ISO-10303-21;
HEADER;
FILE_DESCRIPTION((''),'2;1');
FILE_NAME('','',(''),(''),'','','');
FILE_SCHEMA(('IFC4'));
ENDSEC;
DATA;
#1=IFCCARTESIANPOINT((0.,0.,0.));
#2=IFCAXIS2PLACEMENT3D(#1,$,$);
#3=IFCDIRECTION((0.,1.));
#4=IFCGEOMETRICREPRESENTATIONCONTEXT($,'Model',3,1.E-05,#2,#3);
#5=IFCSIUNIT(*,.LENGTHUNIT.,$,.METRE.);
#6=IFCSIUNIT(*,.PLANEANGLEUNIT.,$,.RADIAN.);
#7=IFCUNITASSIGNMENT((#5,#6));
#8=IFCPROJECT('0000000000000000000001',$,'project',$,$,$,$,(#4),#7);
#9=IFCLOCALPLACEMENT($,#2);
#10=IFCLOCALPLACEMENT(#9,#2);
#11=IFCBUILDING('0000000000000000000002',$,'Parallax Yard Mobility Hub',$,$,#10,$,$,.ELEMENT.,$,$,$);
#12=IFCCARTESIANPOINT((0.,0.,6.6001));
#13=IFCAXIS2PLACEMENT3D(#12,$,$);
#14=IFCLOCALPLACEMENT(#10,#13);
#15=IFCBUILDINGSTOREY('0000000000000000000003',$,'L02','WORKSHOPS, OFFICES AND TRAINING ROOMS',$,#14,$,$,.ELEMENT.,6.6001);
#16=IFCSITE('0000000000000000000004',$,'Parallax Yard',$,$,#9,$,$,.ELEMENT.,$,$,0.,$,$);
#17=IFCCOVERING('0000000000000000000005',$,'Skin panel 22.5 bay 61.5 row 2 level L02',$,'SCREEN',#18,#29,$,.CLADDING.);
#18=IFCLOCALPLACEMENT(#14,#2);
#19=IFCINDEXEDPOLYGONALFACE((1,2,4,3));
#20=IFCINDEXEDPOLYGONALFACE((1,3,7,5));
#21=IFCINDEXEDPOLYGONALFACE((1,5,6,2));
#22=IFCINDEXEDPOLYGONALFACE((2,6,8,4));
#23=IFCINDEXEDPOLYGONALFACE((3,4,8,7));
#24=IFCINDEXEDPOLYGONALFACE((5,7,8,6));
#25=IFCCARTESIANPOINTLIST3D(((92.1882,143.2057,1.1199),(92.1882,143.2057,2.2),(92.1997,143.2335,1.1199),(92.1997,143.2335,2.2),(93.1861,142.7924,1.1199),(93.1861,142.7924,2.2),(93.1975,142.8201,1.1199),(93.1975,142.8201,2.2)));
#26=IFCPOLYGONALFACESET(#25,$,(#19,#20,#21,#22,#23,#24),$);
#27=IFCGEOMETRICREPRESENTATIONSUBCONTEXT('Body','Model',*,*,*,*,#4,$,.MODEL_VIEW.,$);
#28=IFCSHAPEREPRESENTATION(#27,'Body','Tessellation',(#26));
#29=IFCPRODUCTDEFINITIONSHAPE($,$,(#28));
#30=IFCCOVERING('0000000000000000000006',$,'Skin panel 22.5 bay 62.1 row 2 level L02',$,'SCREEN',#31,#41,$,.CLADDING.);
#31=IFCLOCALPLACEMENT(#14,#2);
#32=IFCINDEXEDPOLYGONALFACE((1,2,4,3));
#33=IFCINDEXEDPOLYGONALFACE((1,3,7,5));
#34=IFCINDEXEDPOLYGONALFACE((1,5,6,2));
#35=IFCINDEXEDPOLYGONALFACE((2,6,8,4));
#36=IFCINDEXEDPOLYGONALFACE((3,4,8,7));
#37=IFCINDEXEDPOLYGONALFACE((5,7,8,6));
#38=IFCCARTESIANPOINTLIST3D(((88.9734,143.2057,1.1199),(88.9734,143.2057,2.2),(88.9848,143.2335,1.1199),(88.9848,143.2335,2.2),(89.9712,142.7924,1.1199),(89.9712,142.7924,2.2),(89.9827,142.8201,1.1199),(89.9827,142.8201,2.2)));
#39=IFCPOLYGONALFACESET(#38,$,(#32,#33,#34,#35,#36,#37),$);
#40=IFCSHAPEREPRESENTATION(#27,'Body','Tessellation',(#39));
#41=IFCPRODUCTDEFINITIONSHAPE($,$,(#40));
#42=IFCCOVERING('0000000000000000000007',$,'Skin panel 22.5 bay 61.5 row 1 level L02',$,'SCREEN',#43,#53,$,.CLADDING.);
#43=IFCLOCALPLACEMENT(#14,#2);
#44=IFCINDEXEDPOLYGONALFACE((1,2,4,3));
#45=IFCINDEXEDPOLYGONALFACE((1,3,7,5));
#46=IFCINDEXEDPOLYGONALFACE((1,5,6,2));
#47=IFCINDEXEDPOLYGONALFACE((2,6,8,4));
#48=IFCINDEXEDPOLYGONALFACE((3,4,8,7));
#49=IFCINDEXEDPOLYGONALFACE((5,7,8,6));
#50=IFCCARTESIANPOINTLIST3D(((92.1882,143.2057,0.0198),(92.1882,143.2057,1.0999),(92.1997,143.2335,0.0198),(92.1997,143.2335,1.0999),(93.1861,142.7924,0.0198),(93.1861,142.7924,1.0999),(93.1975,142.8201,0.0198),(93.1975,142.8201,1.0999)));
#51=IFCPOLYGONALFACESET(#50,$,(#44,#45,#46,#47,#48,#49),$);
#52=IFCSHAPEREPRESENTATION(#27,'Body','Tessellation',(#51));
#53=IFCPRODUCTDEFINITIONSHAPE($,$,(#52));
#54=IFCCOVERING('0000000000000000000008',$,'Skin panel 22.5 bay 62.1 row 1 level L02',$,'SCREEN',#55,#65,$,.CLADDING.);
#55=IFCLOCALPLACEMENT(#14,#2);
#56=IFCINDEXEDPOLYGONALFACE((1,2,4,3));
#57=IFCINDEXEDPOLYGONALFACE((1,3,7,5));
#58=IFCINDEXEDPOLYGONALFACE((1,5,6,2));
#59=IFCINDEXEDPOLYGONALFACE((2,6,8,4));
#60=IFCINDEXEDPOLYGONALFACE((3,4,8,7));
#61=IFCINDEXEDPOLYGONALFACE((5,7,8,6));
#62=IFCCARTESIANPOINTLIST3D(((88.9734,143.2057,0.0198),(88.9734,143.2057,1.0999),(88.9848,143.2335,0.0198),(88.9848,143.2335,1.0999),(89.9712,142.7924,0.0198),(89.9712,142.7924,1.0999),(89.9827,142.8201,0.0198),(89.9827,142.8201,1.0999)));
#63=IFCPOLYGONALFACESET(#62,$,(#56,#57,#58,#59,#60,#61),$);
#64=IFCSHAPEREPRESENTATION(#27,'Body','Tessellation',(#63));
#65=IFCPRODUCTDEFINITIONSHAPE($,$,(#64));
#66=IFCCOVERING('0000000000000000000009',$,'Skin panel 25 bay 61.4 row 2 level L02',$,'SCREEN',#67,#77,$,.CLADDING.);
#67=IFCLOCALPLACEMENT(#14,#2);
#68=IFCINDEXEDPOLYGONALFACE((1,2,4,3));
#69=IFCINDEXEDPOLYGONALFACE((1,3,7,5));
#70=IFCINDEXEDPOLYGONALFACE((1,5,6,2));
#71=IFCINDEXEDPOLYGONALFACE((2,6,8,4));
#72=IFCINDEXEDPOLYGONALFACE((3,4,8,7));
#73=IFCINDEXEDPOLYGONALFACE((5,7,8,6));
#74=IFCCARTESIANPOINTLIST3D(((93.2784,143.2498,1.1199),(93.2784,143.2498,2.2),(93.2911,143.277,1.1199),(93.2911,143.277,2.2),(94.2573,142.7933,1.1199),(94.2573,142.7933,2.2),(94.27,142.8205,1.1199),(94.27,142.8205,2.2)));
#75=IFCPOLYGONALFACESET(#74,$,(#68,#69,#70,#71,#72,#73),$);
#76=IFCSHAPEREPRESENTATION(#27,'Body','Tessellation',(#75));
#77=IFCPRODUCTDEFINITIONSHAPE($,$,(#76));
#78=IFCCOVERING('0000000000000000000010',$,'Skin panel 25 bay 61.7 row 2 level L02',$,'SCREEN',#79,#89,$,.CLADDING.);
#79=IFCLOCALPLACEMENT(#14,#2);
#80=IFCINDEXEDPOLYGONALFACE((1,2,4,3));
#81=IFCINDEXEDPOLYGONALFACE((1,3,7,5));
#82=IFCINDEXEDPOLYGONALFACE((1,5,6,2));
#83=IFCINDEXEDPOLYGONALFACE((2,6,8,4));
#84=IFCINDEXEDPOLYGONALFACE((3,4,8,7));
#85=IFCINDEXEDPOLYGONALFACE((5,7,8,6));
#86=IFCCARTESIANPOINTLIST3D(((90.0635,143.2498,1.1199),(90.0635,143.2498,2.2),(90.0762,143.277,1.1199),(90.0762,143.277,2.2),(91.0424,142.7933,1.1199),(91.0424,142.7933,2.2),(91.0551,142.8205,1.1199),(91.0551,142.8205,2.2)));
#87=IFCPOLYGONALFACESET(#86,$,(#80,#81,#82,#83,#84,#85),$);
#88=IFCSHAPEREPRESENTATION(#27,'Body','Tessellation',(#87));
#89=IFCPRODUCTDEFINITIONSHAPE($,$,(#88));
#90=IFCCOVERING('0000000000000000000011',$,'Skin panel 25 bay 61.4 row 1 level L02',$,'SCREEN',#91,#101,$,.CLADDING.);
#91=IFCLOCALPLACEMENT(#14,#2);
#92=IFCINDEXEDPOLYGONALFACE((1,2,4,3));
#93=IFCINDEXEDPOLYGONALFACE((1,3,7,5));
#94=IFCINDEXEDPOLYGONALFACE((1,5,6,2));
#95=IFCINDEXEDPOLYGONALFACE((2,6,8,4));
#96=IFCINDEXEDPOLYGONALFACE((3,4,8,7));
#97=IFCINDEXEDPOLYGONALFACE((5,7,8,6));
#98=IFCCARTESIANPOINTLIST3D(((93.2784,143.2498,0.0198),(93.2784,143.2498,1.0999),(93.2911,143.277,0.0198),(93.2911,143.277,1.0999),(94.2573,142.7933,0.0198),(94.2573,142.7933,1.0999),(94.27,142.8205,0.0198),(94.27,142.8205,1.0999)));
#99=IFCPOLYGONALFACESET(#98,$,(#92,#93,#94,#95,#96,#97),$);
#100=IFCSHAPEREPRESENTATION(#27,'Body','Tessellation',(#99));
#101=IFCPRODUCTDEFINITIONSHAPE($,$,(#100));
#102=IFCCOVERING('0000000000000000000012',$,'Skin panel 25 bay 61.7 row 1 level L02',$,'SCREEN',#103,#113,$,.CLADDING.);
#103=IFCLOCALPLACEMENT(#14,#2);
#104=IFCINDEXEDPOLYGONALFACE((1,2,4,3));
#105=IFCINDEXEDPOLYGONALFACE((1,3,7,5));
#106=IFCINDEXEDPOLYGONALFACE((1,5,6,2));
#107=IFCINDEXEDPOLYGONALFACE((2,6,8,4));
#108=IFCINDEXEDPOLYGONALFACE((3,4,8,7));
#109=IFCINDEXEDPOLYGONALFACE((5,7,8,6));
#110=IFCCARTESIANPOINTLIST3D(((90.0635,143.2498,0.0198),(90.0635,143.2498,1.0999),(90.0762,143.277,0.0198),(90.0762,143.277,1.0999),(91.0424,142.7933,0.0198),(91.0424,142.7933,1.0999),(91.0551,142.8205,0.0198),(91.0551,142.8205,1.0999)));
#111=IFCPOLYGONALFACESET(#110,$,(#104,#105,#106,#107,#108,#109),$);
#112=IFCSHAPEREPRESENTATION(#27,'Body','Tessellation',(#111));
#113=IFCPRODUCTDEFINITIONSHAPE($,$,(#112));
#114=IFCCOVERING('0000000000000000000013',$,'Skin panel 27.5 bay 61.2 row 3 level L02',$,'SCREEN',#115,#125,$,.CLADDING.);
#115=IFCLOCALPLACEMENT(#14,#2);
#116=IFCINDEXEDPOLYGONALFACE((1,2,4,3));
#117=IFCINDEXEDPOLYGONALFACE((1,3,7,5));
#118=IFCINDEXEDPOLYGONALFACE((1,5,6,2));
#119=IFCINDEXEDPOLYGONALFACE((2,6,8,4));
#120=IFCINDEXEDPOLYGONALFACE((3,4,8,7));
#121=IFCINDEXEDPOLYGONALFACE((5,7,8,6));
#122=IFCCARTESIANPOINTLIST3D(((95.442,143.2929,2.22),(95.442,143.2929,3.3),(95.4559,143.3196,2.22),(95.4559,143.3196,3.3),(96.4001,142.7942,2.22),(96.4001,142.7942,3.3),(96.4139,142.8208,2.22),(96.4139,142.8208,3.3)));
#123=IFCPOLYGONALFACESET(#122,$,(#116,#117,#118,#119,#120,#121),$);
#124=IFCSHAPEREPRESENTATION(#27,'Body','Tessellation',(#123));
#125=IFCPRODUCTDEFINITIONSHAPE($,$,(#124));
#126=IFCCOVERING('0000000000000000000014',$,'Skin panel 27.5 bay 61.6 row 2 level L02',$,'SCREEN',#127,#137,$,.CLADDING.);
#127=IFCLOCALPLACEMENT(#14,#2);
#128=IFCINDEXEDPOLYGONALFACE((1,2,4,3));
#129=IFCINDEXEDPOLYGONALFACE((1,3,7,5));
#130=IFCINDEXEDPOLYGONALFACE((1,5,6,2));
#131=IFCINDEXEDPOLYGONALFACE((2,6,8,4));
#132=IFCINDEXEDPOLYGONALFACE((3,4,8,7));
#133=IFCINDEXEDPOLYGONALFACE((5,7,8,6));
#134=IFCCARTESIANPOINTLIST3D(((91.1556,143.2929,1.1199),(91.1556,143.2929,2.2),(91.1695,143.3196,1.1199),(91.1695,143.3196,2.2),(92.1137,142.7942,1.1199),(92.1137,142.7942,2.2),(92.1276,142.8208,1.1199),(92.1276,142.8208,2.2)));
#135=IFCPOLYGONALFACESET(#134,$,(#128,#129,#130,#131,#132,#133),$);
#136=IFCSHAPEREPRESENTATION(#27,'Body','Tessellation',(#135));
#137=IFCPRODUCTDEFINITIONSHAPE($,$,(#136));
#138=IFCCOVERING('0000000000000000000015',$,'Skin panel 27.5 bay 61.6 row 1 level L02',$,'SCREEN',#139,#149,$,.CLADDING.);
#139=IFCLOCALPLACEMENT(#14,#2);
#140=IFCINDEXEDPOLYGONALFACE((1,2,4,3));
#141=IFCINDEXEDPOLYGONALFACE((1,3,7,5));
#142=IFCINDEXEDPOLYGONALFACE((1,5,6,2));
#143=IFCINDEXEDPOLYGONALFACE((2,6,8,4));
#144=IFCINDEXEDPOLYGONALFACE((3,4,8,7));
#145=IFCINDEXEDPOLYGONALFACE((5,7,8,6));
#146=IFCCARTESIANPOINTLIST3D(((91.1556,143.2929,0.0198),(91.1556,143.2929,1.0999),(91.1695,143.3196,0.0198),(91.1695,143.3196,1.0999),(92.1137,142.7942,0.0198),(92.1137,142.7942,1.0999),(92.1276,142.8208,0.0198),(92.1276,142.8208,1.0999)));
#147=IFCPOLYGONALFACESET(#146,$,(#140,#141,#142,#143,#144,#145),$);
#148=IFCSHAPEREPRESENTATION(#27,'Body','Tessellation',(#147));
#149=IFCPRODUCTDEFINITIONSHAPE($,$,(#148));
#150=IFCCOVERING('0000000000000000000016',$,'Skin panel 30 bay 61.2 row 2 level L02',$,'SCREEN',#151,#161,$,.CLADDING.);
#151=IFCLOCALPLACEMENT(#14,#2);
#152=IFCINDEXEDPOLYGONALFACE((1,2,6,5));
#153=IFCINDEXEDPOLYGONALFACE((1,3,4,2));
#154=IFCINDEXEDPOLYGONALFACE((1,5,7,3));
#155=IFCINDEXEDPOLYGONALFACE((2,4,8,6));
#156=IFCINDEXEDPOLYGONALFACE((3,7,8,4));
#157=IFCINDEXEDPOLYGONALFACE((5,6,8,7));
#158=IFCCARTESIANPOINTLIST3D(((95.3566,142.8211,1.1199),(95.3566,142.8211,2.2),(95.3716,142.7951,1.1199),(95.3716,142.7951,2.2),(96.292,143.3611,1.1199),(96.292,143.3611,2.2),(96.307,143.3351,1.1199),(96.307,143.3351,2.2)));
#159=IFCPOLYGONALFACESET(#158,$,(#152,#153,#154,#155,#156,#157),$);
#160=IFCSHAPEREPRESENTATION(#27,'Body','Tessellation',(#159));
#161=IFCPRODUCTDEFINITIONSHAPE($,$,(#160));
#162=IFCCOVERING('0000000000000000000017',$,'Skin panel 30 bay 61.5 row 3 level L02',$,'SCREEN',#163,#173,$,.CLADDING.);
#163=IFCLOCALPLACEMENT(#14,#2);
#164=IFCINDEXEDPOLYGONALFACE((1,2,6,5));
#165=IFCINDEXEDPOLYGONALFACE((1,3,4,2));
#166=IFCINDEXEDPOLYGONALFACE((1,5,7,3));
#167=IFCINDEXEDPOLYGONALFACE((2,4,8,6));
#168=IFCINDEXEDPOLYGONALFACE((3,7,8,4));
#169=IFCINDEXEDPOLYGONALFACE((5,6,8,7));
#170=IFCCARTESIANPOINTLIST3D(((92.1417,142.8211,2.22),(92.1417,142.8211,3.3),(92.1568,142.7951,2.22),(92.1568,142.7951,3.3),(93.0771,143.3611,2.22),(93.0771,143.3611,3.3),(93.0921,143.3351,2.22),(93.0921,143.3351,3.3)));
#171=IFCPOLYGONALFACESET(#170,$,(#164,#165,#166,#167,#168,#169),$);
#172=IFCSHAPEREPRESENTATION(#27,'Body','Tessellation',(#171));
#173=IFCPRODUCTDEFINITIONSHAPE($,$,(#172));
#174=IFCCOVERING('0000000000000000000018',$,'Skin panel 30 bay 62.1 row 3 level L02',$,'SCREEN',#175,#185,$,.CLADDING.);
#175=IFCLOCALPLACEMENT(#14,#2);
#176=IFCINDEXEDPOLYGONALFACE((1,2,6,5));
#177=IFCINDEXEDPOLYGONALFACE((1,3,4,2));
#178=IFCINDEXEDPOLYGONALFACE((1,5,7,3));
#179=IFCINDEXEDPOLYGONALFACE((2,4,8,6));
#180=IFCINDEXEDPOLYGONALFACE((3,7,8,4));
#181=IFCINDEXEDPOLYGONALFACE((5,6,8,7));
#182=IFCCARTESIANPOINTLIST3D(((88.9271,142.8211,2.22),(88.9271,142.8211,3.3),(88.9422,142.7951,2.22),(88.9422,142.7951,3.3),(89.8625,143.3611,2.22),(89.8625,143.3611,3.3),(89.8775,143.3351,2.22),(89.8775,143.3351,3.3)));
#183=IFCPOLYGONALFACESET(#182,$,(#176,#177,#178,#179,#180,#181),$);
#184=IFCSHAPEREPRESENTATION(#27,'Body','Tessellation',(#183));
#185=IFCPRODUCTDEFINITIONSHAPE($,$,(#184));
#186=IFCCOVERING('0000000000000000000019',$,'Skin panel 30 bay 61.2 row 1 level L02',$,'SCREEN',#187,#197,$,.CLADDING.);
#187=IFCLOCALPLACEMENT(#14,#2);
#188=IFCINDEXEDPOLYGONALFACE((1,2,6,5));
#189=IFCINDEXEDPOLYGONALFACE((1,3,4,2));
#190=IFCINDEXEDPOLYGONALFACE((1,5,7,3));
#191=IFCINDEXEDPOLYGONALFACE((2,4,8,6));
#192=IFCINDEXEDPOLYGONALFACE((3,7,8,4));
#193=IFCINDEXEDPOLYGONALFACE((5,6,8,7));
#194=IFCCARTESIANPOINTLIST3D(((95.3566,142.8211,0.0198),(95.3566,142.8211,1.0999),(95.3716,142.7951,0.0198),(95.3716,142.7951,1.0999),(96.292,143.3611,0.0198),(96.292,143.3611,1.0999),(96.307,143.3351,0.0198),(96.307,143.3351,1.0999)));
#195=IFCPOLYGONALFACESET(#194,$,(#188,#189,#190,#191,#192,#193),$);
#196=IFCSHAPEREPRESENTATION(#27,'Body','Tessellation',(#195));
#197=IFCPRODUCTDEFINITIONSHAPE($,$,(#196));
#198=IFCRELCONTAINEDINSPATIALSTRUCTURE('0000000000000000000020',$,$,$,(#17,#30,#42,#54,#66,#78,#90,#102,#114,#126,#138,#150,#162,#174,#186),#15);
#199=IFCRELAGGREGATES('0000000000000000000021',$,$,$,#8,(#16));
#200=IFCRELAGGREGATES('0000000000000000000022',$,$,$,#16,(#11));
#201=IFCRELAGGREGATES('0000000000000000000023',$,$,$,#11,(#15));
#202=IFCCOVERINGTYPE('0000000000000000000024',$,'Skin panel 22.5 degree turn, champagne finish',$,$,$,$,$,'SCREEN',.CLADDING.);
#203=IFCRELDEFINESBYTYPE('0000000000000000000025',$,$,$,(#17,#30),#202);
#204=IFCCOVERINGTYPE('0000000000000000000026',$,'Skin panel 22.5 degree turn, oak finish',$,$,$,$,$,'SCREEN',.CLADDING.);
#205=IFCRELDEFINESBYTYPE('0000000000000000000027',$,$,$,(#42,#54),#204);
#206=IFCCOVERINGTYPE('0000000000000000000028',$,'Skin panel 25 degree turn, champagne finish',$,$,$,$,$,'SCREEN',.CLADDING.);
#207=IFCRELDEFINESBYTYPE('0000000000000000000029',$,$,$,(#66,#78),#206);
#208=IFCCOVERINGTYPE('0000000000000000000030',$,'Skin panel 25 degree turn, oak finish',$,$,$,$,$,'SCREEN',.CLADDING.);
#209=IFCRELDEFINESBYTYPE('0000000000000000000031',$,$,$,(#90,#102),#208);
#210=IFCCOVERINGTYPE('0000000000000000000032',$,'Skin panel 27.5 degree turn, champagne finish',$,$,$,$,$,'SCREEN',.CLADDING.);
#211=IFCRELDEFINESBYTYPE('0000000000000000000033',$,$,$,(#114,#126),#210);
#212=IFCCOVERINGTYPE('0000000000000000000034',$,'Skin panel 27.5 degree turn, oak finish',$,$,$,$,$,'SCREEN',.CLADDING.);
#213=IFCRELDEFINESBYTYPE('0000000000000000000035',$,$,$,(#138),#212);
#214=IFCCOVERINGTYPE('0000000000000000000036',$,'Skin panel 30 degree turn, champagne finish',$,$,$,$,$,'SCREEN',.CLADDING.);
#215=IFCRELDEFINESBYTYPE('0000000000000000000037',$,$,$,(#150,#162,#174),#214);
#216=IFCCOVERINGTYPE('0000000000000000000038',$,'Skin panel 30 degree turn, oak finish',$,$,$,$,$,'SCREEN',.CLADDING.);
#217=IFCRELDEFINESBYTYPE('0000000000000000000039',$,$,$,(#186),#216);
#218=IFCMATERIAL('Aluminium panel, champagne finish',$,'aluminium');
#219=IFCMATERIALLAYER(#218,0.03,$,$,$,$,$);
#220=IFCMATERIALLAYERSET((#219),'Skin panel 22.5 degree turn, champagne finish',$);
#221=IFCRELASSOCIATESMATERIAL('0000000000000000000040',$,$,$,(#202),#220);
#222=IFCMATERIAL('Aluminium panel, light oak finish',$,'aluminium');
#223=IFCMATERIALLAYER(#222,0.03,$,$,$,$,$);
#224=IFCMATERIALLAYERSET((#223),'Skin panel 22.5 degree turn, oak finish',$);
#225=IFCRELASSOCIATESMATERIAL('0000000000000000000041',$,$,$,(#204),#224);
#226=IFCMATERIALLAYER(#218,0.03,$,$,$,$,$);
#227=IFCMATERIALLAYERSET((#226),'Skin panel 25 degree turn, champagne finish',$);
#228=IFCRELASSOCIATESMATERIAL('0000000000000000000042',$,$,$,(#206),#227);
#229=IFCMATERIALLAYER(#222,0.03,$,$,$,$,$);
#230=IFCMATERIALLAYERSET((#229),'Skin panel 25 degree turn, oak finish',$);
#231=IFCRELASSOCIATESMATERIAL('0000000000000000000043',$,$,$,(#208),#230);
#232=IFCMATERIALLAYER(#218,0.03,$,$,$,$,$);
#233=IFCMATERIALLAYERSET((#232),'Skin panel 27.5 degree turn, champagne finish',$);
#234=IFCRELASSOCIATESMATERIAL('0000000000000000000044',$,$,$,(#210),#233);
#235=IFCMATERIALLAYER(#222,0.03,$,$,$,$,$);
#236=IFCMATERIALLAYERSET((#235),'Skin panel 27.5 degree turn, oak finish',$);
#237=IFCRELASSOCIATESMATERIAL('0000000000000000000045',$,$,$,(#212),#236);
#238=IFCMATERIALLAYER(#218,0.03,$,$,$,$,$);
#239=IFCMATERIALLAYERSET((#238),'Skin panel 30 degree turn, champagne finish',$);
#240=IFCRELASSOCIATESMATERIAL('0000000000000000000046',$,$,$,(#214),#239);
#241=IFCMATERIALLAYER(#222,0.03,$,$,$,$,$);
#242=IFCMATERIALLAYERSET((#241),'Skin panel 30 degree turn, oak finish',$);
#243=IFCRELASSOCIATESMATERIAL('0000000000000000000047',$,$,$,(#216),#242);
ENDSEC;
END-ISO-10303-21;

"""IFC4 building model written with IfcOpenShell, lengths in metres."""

from ifc_helpers import new_model, si_unit, direction, frame, origin, origin_2d, place, context, subcontext, project, spatial, rectangle, extrude, material, layer, layer_set, type_object, element, save


model = new_model("IFC4")

# Units and contexts
model_context = context("Model", 3, precision=1e-05, world=origin(), true_north=direction((0.0, 1.0)))
body_context = subcontext(model_context, "Body", "Model", "MODEL_VIEW")
ifc_project = project(units=[si_unit("LENGTHUNIT", "METRE"), si_unit("PLANEANGLEUNIT", "RADIAN")], contexts=[model_context])

# Site, building, storey
site_placement = place(None, origin())
site = spatial("IfcSite", under=ifc_project, at=site_placement, Name="Parallax Yard", CompositionType="ELEMENT", RefElevation=0.0)
building_placement = place(site_placement, origin())
building = spatial("IfcBuilding", under=site, at=building_placement, Name="Parallax Yard Mobility Hub", CompositionType="ELEMENT")
storey_placement = place(building_placement, frame((0.0, 0.0, 6.6001)))
storey = spatial("IfcBuildingStorey", under=building, at=storey_placement, Name="L02", Description="WORKSHOPS, OFFICES AND TRAINING ROOMS", CompositionType="ELEMENT", Elevation=6.6001)

# Coverings
ifc_material_1 = material(Name="Aluminium panel, champagne finish", Category="aluminium")
ifc_layer_1 = layer(ifc_material_1, 0.03)
ifc_layer_set_1 = layer_set([ifc_layer_1], Name="Skin panel 22.5 degree turn, champagne finish")
covering_type_1 = type_object("IfcCoveringType", Name="Skin panel 22.5 degree turn, champagne finish", ElementType="SCREEN", PredefinedType="CLADDING", material=ifc_layer_set_1)
for number, where, z_axis, x_axis, name in (
    (1, (92.6929, 143.0129, 1.1199), (0.0, 0.0, 1.0), (-0.92388, 0.382683, 0.0), "Skin panel 22.5 bay 61.5 row 2 level L02"),
    (2, (89.478, 143.0129, 1.1199), (0.0, 0.0, 1.0), (-0.92388, 0.382683, 0.0), "Skin panel 22.5 bay 62.1 row 2 level L02"),
):
    element("IfcCovering", number, at=place(storey_placement, frame(where, z_axis=z_axis, x_axis=x_axis)), inside=storey, type_object=covering_type_1, Name=name, ObjectType="SCREEN", PredefinedType="CLADDING", context=body_context, shape_type="SweptSolid", body=[
        extrude(rectangle(XDim=1.0801, YDim=0.03, at=origin_2d()), origin(), (0.0, 0.0, 1.0), 1.0801),
    ])
ifc_material_2 = material(Name="Aluminium panel, light oak finish", Category="aluminium")
ifc_layer_2 = layer(ifc_material_2, 0.03)
ifc_layer_set_2 = layer_set([ifc_layer_2], Name="Skin panel 22.5 degree turn, oak finish")
covering_type_2 = type_object("IfcCoveringType", Name="Skin panel 22.5 degree turn, oak finish", ElementType="SCREEN", PredefinedType="CLADDING", material=ifc_layer_set_2)
for number, where, z_axis, x_axis, name in (
    (3, (92.6929, 143.0129, 0.0198), (0.0, 0.0, 1.0), (-0.92388, 0.382683, 0.0), "Skin panel 22.5 bay 61.5 row 1 level L02"),
    (4, (89.478, 143.0129, 0.0198), (0.0, 0.0, 1.0), (-0.92388, 0.382683, 0.0), "Skin panel 22.5 bay 62.1 row 1 level L02"),
):
    element("IfcCovering", number, at=place(storey_placement, frame(where, z_axis=z_axis, x_axis=x_axis)), inside=storey, type_object=covering_type_2, Name=name, ObjectType="SCREEN", PredefinedType="CLADDING", context=body_context, shape_type="SweptSolid", body=[
        extrude(rectangle(XDim=1.0801, YDim=0.03, at=origin_2d()), origin(), (0.0, 0.0, 1.0), 1.0801),
    ])
ifc_layer_3 = layer(ifc_material_1, 0.03)
ifc_layer_set_3 = layer_set([ifc_layer_3], Name="Skin panel 25 degree turn, champagne finish")
covering_type_3 = type_object("IfcCoveringType", Name="Skin panel 25 degree turn, champagne finish", ElementType="SCREEN", PredefinedType="CLADDING", material=ifc_layer_set_3)
for number, where, z_axis, x_axis, name in (
    (5, (93.7742, 143.0352, 1.1199), (0.0, 0.0, 1.0), (-0.906308, 0.422618, 0.0), "Skin panel 25 bay 61.4 row 2 level L02"),
    (6, (90.5593, 143.0352, 1.1199), (0.0, 0.0, 1.0), (-0.906308, 0.422618, 0.0), "Skin panel 25 bay 61.7 row 2 level L02"),
):
    element("IfcCovering", number, at=place(storey_placement, frame(where, z_axis=z_axis, x_axis=x_axis)), inside=storey, type_object=covering_type_3, Name=name, ObjectType="SCREEN", PredefinedType="CLADDING", context=body_context, shape_type="SweptSolid", body=[
        extrude(rectangle(XDim=1.0801, YDim=0.03, at=origin_2d()), origin(), (0.0, 0.0, 1.0), 1.0801),
    ])
ifc_layer_4 = layer(ifc_material_2, 0.03)
ifc_layer_set_4 = layer_set([ifc_layer_4], Name="Skin panel 25 degree turn, oak finish")
covering_type_4 = type_object("IfcCoveringType", Name="Skin panel 25 degree turn, oak finish", ElementType="SCREEN", PredefinedType="CLADDING", material=ifc_layer_set_4)
for number, where, z_axis, x_axis, name in (
    (7, (93.7742, 143.0352, 0.0198), (0.0, 0.0, 1.0), (-0.906308, 0.422618, 0.0), "Skin panel 25 bay 61.4 row 1 level L02"),
    (8, (90.5593, 143.0352, 0.0198), (0.0, 0.0, 1.0), (-0.906308, 0.422618, 0.0), "Skin panel 25 bay 61.7 row 1 level L02"),
):
    element("IfcCovering", number, at=place(storey_placement, frame(where, z_axis=z_axis, x_axis=x_axis)), inside=storey, type_object=covering_type_4, Name=name, ObjectType="SCREEN", PredefinedType="CLADDING", context=body_context, shape_type="SweptSolid", body=[
        extrude(rectangle(XDim=1.0801, YDim=0.03, at=origin_2d()), origin(), (0.0, 0.0, 1.0), 1.0801),
    ])
ifc_layer_5 = layer(ifc_material_1, 0.03)
ifc_layer_set_5 = layer_set([ifc_layer_5], Name="Skin panel 27.5 degree turn, champagne finish")
covering_type_5 = type_object("IfcCoveringType", Name="Skin panel 27.5 degree turn, champagne finish", ElementType="SCREEN", PredefinedType="CLADDING", material=ifc_layer_set_5)
for number, where, z_axis, x_axis, name in (
    (9, (95.928, 143.0569, 2.22), (0.0, 0.0, 1.0), (-0.887011, 0.461749, 0.0), "Skin panel 27.5 bay 61.2 row 3 level L02"),
    (10, (91.6416, 143.0569, 1.1199), (0.0, 0.0, 1.0), (-0.887011, 0.461749, 0.0), "Skin panel 27.5 bay 61.6 row 2 level L02"),
):
    element("IfcCovering", number, at=place(storey_placement, frame(where, z_axis=z_axis, x_axis=x_axis)), inside=storey, type_object=covering_type_5, Name=name, ObjectType="SCREEN", PredefinedType="CLADDING", context=body_context, shape_type="SweptSolid", body=[
        extrude(rectangle(XDim=1.0801, YDim=0.03, at=origin_2d()), origin(), (0.0, 0.0, 1.0), 1.0801),
    ])
ifc_layer_6 = layer(ifc_material_2, 0.03)
ifc_layer_set_6 = layer_set([ifc_layer_6], Name="Skin panel 27.5 degree turn, oak finish")
covering_type_6 = type_object("IfcCoveringType", Name="Skin panel 27.5 degree turn, oak finish", ElementType="SCREEN", PredefinedType="CLADDING", material=ifc_layer_set_6)
covering_1_placement = place(storey_placement, frame((91.6416, 143.0569, 0.0198), z_axis=(0.0, 0.0, 1.0), x_axis=(-0.887011, 0.461749, 0.0)))
element("IfcCovering", 11, at=covering_1_placement, inside=storey, type_object=covering_type_6, Name="Skin panel 27.5 bay 61.6 row 1 level L02", ObjectType="SCREEN", PredefinedType="CLADDING", context=body_context, shape_type="SweptSolid", body=[
    extrude(rectangle(XDim=1.0801, YDim=0.03, at=origin_2d()), origin(), (0.0, 0.0, 1.0), 1.0801),
])
ifc_layer_7 = layer(ifc_material_1, 0.03)
ifc_layer_set_7 = layer_set([ifc_layer_7], Name="Skin panel 30 degree turn, champagne finish")
covering_type_7 = type_object("IfcCoveringType", Name="Skin panel 30 degree turn, champagne finish", ElementType="SCREEN", PredefinedType="CLADDING", material=ifc_layer_set_7)
for number, where, z_axis, x_axis, name in (
    (12, (95.8318, 143.0781, 1.1199), (0.0, 0.0, 1.0), (0.866025, 0.5, 0.0), "Skin panel 30 bay 61.2 row 2 level L02"),
    (13, (92.6169, 143.0781, 2.22), (0.0, 0.0, 1.0), (0.866025, 0.5, 0.0), "Skin panel 30 bay 61.5 row 3 level L02"),
    (14, (89.4023, 143.0781, 2.22), (0.0, 0.0, 1.0), (0.866025, 0.5, 0.0), "Skin panel 30 bay 62.1 row 3 level L02"),
):
    element("IfcCovering", number, at=place(storey_placement, frame(where, z_axis=z_axis, x_axis=x_axis)), inside=storey, type_object=covering_type_7, Name=name, ObjectType="SCREEN", PredefinedType="CLADDING", context=body_context, shape_type="SweptSolid", body=[
        extrude(rectangle(XDim=1.0801, YDim=0.03, at=origin_2d()), origin(), (0.0, 0.0, 1.0), 1.0801),
    ])
ifc_layer_8 = layer(ifc_material_2, 0.03)
ifc_layer_set_8 = layer_set([ifc_layer_8], Name="Skin panel 30 degree turn, oak finish")
covering_type_8 = type_object("IfcCoveringType", Name="Skin panel 30 degree turn, oak finish", ElementType="SCREEN", PredefinedType="CLADDING", material=ifc_layer_set_8)
covering_2_placement = place(storey_placement, frame((95.8318, 143.0781, 0.0198), z_axis=(0.0, 0.0, 1.0), x_axis=(0.866025, 0.5, 0.0)))
element("IfcCovering", 15, at=covering_2_placement, inside=storey, type_object=covering_type_8, Name="Skin panel 30 bay 61.2 row 1 level L02", ObjectType="SCREEN", PredefinedType="CLADDING", context=body_context, shape_type="SweptSolid", body=[
    extrude(rectangle(XDim=1.0801, YDim=0.03, at=origin_2d()), origin(), (0.0, 0.0, 1.0), 1.0801),
])

save(model, "model.ifc")
